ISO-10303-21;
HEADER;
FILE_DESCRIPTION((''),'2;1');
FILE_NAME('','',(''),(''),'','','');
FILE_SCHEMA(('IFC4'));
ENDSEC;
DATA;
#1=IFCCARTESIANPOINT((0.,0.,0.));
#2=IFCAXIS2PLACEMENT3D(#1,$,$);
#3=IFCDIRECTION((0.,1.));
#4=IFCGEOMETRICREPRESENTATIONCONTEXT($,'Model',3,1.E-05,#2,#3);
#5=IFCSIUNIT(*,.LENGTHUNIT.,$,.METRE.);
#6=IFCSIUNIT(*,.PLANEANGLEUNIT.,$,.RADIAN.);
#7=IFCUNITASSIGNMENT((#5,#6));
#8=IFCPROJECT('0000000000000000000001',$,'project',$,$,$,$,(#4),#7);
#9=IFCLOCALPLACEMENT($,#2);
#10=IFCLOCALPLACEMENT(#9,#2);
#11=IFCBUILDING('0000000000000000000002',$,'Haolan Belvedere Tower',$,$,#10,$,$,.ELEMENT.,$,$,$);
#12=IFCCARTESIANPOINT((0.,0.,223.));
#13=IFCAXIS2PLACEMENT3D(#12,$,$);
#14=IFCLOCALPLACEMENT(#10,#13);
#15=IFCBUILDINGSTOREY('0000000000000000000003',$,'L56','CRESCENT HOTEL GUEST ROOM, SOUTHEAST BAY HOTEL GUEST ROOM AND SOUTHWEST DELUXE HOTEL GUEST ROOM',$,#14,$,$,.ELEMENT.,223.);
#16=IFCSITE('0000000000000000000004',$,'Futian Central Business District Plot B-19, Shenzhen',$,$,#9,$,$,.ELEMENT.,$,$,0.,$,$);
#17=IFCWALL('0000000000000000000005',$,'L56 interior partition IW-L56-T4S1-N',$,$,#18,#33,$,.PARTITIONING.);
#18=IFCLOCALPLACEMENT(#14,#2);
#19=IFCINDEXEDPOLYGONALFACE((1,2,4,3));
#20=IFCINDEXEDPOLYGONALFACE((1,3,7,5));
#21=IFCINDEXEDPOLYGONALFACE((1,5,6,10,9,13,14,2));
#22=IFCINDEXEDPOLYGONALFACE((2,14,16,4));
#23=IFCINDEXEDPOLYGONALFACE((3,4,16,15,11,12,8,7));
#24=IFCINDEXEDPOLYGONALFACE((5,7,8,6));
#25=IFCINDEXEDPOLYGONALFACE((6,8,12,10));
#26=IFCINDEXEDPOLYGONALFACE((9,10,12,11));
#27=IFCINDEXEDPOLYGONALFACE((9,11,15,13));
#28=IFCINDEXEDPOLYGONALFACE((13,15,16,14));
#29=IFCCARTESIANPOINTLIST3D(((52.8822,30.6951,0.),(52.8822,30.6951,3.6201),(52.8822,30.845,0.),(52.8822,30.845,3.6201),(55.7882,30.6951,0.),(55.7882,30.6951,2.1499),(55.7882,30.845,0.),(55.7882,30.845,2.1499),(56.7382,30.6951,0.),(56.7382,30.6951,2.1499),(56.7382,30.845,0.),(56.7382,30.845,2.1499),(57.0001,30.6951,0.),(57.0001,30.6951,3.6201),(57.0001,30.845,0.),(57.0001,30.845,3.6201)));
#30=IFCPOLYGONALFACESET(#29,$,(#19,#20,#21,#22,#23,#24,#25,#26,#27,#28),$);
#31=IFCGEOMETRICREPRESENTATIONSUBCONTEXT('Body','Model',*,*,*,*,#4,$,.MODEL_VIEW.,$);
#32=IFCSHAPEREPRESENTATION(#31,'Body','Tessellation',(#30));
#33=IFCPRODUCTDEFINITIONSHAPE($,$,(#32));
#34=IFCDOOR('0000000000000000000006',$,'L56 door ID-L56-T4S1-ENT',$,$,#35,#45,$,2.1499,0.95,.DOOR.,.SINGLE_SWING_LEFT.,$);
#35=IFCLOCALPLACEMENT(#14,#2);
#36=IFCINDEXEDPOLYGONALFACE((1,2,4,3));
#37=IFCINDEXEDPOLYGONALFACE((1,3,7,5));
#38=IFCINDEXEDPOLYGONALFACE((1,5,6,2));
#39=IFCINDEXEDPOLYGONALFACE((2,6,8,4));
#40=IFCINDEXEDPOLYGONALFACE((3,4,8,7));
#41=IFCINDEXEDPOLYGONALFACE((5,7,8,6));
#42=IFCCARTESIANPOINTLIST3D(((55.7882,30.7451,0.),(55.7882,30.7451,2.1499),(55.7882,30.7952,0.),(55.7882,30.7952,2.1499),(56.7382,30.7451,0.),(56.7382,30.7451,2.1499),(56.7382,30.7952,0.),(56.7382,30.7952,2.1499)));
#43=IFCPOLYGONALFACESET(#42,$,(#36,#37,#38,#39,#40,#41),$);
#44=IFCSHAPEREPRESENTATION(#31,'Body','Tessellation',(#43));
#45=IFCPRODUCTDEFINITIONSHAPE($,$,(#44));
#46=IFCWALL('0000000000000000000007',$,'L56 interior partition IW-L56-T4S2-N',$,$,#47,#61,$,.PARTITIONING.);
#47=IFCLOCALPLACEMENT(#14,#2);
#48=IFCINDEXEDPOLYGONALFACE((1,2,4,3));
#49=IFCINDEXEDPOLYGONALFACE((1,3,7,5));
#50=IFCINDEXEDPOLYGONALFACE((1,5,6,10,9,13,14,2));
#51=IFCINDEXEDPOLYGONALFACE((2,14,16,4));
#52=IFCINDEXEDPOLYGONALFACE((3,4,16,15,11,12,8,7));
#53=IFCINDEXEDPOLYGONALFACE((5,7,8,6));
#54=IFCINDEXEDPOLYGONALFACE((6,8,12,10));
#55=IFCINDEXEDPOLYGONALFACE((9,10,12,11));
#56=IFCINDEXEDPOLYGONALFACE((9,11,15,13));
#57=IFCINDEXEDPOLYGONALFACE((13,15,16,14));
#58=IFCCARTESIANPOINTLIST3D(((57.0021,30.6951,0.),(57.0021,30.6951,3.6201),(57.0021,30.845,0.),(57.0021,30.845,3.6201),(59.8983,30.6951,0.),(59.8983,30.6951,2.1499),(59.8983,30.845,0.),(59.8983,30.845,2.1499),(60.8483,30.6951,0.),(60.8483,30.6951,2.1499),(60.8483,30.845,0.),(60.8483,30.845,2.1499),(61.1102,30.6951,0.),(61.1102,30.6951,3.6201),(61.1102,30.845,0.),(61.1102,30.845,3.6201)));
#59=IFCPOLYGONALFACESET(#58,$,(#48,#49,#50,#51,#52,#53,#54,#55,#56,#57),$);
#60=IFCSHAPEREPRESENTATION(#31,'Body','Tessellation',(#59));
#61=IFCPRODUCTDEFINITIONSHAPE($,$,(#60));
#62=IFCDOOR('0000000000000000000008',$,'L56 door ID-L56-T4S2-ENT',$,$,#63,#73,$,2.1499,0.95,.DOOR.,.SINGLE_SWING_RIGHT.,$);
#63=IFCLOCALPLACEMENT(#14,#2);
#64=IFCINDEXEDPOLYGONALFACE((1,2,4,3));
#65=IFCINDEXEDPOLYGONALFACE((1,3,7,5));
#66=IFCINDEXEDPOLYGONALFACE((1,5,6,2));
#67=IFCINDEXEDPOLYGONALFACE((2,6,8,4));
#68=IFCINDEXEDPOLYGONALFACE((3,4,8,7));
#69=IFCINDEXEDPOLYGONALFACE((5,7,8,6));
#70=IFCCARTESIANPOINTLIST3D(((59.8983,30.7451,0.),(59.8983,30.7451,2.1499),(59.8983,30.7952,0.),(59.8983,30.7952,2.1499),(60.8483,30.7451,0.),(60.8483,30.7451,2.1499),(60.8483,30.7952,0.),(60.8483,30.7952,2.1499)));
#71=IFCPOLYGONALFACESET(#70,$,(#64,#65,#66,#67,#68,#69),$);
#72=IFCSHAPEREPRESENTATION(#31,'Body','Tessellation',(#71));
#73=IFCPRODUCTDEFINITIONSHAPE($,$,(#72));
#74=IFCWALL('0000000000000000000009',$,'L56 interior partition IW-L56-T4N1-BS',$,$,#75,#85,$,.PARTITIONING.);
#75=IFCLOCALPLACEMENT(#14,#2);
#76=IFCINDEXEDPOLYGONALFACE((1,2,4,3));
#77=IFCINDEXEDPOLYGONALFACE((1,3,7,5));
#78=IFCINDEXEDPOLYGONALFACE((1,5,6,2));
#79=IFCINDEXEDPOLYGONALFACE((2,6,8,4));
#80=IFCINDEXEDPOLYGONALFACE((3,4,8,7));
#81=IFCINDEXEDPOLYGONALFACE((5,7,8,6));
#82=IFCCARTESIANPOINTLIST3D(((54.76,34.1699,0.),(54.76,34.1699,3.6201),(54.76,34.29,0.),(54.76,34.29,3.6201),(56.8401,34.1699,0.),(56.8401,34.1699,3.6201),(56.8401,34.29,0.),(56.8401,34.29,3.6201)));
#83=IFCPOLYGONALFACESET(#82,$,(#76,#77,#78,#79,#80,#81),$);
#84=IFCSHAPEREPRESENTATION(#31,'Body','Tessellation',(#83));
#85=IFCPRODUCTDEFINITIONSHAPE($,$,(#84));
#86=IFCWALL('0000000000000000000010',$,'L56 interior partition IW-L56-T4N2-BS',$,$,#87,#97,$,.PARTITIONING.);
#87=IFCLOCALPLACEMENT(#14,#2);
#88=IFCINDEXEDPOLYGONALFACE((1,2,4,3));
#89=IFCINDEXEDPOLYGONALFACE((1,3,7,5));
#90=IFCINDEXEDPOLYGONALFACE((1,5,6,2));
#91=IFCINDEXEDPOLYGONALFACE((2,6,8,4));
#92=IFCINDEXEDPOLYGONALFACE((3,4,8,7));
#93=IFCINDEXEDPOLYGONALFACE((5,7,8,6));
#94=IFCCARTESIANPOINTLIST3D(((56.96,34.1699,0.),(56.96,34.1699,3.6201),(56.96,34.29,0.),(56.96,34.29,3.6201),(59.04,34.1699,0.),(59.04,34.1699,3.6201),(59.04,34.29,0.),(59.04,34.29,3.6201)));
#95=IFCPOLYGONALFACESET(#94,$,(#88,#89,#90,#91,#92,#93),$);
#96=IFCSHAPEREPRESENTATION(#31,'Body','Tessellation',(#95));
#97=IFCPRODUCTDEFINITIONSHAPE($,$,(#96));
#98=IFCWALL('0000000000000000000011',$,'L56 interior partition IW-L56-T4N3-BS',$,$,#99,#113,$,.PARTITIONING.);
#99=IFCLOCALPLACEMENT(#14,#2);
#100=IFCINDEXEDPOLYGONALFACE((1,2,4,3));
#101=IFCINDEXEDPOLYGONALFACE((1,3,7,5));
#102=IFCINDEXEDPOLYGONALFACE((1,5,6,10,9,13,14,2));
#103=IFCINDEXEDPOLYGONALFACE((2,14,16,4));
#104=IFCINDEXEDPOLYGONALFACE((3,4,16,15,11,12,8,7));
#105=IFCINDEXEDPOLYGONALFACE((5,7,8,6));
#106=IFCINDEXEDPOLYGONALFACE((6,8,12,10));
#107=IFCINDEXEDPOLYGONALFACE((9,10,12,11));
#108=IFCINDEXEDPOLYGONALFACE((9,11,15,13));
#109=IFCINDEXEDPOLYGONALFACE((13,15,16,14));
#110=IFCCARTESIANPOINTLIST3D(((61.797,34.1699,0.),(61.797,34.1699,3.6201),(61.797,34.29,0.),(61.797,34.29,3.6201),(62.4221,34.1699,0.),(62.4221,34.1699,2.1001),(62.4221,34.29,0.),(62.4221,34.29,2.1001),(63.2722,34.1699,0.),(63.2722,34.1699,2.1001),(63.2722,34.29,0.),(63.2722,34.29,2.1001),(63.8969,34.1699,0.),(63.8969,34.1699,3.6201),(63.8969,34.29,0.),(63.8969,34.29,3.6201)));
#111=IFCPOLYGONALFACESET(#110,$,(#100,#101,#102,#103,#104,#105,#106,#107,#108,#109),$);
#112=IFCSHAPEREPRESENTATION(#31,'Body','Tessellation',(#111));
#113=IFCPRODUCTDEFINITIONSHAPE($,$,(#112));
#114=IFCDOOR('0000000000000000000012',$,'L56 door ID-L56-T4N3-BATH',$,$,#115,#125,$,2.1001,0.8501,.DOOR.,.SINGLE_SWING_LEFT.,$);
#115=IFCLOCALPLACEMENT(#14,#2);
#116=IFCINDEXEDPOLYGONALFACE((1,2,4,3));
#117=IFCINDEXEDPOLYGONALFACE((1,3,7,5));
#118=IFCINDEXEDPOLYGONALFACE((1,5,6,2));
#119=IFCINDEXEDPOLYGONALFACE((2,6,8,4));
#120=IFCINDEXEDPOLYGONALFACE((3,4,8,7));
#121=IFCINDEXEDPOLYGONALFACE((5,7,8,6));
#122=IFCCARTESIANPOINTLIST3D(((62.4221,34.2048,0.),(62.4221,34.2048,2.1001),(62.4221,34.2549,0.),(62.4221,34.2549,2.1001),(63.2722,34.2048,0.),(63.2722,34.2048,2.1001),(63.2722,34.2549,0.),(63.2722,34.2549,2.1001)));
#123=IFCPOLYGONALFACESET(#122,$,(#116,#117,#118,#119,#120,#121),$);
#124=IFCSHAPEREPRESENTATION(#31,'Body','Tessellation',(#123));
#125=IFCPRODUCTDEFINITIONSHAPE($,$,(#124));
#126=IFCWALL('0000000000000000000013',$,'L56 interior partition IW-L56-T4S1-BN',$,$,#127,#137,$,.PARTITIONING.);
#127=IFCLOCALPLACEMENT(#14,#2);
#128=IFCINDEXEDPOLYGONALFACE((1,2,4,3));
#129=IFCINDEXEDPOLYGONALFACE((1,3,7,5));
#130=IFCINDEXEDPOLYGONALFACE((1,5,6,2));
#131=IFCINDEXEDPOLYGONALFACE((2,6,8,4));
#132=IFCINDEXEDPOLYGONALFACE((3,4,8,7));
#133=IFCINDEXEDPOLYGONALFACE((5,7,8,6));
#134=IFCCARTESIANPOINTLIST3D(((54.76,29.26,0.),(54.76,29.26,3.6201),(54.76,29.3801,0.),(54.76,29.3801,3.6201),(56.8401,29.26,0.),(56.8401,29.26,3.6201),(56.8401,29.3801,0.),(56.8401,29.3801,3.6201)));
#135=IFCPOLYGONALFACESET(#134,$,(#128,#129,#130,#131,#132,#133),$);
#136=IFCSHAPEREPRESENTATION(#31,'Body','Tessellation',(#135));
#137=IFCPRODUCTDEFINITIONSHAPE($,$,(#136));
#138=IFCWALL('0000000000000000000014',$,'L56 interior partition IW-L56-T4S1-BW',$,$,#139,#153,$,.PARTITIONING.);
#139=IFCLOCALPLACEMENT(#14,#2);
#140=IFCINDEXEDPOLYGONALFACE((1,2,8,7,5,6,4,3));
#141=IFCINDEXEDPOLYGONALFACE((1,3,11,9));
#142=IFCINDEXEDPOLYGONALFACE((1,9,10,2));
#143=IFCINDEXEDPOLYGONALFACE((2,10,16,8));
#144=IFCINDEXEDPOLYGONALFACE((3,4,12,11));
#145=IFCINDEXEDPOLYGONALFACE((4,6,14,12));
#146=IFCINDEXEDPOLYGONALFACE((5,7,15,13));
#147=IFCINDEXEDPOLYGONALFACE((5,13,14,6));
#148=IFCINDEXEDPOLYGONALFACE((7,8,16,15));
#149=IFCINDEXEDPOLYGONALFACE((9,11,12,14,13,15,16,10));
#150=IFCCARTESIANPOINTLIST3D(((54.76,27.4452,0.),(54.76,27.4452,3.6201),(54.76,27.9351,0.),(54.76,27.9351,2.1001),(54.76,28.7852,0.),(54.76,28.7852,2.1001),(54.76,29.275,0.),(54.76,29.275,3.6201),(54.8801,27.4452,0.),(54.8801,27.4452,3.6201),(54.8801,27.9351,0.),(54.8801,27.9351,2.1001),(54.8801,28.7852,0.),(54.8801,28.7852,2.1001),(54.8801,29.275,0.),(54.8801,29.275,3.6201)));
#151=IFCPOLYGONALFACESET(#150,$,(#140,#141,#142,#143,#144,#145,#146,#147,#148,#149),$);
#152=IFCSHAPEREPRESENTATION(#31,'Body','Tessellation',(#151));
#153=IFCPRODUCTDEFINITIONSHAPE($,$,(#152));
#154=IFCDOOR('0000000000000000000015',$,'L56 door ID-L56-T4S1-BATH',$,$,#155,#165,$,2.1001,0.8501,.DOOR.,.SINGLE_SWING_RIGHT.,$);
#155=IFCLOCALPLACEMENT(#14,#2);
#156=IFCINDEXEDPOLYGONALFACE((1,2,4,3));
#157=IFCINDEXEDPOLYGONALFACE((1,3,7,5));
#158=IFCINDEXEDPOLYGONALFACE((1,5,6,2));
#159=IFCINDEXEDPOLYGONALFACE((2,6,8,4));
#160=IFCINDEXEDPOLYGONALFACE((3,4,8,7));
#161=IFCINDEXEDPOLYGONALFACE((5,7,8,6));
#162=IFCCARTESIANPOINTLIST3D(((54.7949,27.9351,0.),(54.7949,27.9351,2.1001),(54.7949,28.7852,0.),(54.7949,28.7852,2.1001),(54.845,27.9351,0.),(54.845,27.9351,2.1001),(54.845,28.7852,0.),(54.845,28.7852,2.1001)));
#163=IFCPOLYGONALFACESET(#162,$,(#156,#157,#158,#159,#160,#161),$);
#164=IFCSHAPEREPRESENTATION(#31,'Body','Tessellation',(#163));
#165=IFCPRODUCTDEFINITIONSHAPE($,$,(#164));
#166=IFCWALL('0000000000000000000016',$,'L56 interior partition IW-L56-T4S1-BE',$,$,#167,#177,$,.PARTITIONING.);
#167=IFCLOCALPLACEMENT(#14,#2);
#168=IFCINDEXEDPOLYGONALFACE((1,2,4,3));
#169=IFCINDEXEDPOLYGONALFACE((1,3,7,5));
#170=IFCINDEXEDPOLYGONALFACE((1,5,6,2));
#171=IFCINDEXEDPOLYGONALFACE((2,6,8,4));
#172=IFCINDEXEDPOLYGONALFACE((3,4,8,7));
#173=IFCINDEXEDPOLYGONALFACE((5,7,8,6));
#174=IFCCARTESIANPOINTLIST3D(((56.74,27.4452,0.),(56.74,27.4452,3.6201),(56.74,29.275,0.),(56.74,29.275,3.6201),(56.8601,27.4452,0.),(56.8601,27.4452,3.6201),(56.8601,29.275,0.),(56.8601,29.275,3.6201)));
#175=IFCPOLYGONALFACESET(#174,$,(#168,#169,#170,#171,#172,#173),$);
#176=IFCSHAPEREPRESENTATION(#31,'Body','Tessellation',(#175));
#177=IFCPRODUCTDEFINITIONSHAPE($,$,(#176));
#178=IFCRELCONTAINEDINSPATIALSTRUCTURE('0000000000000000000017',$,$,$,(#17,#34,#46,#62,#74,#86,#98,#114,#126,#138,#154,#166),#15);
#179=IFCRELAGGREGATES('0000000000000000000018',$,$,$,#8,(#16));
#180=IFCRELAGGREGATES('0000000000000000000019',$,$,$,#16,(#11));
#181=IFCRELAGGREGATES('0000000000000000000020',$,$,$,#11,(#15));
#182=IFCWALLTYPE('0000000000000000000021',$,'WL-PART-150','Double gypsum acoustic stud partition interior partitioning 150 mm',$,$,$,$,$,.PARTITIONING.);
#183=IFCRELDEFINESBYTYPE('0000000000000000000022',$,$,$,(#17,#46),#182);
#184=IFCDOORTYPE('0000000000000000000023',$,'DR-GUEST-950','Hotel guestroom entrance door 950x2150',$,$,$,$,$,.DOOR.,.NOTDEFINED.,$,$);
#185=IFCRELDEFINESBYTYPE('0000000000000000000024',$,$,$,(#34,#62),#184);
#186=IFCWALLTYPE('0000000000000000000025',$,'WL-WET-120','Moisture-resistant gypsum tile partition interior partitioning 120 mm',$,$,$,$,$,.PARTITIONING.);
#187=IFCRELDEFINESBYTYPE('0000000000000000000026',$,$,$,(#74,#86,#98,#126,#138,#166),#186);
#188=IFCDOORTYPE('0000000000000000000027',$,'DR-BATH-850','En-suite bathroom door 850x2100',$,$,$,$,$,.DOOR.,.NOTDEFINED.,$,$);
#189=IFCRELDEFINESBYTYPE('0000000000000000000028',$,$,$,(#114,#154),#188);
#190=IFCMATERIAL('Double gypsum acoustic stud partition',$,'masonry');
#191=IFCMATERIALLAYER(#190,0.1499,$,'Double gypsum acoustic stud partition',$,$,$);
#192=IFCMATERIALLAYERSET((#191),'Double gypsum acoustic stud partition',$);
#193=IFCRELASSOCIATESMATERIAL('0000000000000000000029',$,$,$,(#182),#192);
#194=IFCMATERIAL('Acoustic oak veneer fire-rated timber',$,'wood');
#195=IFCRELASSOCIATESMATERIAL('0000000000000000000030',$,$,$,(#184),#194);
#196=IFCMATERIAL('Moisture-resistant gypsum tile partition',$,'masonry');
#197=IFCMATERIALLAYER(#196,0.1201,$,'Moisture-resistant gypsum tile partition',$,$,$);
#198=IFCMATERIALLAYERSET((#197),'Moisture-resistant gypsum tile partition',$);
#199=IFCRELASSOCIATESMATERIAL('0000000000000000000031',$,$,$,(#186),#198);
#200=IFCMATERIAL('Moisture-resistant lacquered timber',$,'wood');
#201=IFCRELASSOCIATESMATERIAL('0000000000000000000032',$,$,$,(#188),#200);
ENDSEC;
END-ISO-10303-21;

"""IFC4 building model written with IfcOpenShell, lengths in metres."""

from ifc_helpers import new_model, si_unit, direction, frame, frame_2d, origin, place, context, subcontext, project, spatial, rectangle, extrude, material, layer, layer_set, type_object, element, fill, save


model = new_model("IFC4")

# Units and contexts
model_context = context("Model", 3, precision=1e-05, world=origin(), true_north=direction((0.0, 1.0)))
body_context = subcontext(model_context, "Body", "Model", "MODEL_VIEW")
ifc_project = project(units=[si_unit("LENGTHUNIT", "METRE"), si_unit("PLANEANGLEUNIT", "RADIAN")], contexts=[model_context])

# Site, building, storey
site_placement = place(None, origin())
site = spatial("IfcSite", under=ifc_project, at=site_placement, Name="Futian Central Business District Plot B-19, Shenzhen", CompositionType="ELEMENT", RefElevation=0.0)
building_placement = place(site_placement, origin())
building = spatial("IfcBuilding", under=site, at=building_placement, Name="Haolan Belvedere Tower", CompositionType="ELEMENT")
storey_placement = place(building_placement, frame((0.0, 0.0, 223.0)))
storey = spatial("IfcBuildingStorey", under=building, at=storey_placement, Name="L56", Description="CRESCENT HOTEL GUEST ROOM, SOUTHEAST BAY HOTEL GUEST ROOM AND SOUTHWEST DELUXE HOTEL GUEST ROOM", CompositionType="ELEMENT", Elevation=223.0)

# Shared definitions
ifc_material_1 = material(Name="Double gypsum acoustic stud partition", Category="masonry")
ifc_layer_1 = layer(ifc_material_1, 0.1499, Name="Double gypsum acoustic stud partition")
ifc_layer_set_1 = layer_set([ifc_layer_1], Name="Double gypsum acoustic stud partition")
wall_type_1 = type_object("IfcWallType", Name="WL-PART-150", Description="Double gypsum acoustic stud partition interior partitioning 150 mm", PredefinedType="PARTITIONING", material=ifc_layer_set_1)

# Shared definitions
ifc_material_2 = material(Name="Acoustic oak veneer fire-rated timber", Category="wood")
door_type_1 = type_object("IfcDoorType", Name="DR-GUEST-950", Description="Hotel guestroom entrance door 950x2150", OperationType="NOTDEFINED", PredefinedType="DOOR", material=ifc_material_2)

# Walls, openings, doors
wall_1_placement = place(storey_placement, frame((52.8821, 30.77, 0.0), z_axis=(0.0, 0.0, 1.0), x_axis=(1.0, 0.0, 0.0)))
wall_1 = element("IfcWall", 1, at=wall_1_placement, inside=storey, type_object=wall_type_1, Name="L56 interior partition IW-L56-T4S1-N", PredefinedType="PARTITIONING", context=body_context, shape_type="SweptSolid", body=[
    extrude(rectangle(XDim=4.1179, YDim=0.1499, at=frame_2d((2.0591, 0.0))), origin(), (0.0, 0.0, 1.0), 3.6201),
])
opening_1_placement = place(wall_1_placement, frame((3.8562, 0.0, 0.0), z_axis=(0.0, 0.0, 1.0), x_axis=(-1.0, 0.0, 0.0)))
opening_1 = element("IfcOpeningElement", 2, at=opening_1_placement, cuts=wall_1, PredefinedType="OPENING", context=body_context, shape_type="SweptSolid", body=[
    extrude(rectangle(XDim=0.95, YDim=2.1499, at=frame_2d((0.4751, 1.075))), frame((0.0, 0.085, 0.0), z_axis=(0.0, -1.0, 0.0), x_axis=(1.0, 0.0, 0.0)), (0.0, 0.0, 1.0), 0.1699),
])
door_1_placement = place(opening_1_placement, origin())
door_1 = element("IfcDoor", 3, at=door_1_placement, inside=storey, type_object=door_type_1, Name="L56 door ID-L56-T4S1-ENT", OperationType="SINGLE_SWING_LEFT", OverallHeight=2.1499, OverallWidth=0.95, PredefinedType="DOOR", context=body_context, shape_type="SweptSolid", body=[
    extrude(rectangle(XDim=0.95, YDim=2.1499, at=frame_2d((0.4751, 1.075))), frame((0.0, 0.0249, 0.0), z_axis=(0.0, -1.0, 0.0), x_axis=(1.0, 0.0, 0.0)), (0.0, 0.0, 1.0), 0.05),
])
fill(opening_1, door_1)
wall_2_placement = place(storey_placement, frame((57.002, 30.77, 0.0), z_axis=(0.0, 0.0, 1.0), x_axis=(1.0, 0.0, 0.0)))
wall_2 = element("IfcWall", 4, at=wall_2_placement, inside=storey, type_object=wall_type_1, Name="L56 interior partition IW-L56-T4S2-N", PredefinedType="PARTITIONING", context=body_context, shape_type="SweptSolid", body=[
    extrude(rectangle(XDim=4.1082, YDim=0.1499, at=frame_2d((2.0542, 0.0))), origin(), (0.0, 0.0, 1.0), 3.6201),
])
opening_2_placement = place(wall_2_placement, frame((3.8464, 0.0, 0.0), z_axis=(0.0, 0.0, 1.0), x_axis=(-1.0, 0.0, 0.0)))
opening_2 = element("IfcOpeningElement", 5, at=opening_2_placement, cuts=wall_2, PredefinedType="OPENING", context=body_context, shape_type="SweptSolid", body=[
    extrude(rectangle(XDim=0.95, YDim=2.1499, at=frame_2d((0.4751, 1.075))), frame((0.0, 0.085, 0.0), z_axis=(0.0, -1.0, 0.0), x_axis=(1.0, 0.0, 0.0)), (0.0, 0.0, 1.0), 0.1699),
])
door_2_placement = place(opening_2_placement, origin())
door_2 = element("IfcDoor", 6, at=door_2_placement, inside=storey, type_object=door_type_1, Name="L56 door ID-L56-T4S2-ENT", OperationType="SINGLE_SWING_RIGHT", OverallHeight=2.1499, OverallWidth=0.95, PredefinedType="DOOR", context=body_context, shape_type="SweptSolid", body=[
    extrude(rectangle(XDim=0.95, YDim=2.1499, at=frame_2d((0.4751, 1.075))), frame((0.0, 0.0249, 0.0), z_axis=(0.0, -1.0, 0.0), x_axis=(1.0, 0.0, 0.0)), (0.0, 0.0, 1.0), 0.05),
])
fill(opening_2, door_2)

# Walls
ifc_material_3 = material(Name="Moisture-resistant gypsum tile partition", Category="masonry")
ifc_layer_2 = layer(ifc_material_3, 0.1201, Name="Moisture-resistant gypsum tile partition")
ifc_layer_set_2 = layer_set([ifc_layer_2], Name="Moisture-resistant gypsum tile partition")
wall_type_2 = type_object("IfcWallType", Name="WL-WET-120", Description="Moisture-resistant gypsum tile partition interior partitioning 120 mm", PredefinedType="PARTITIONING", material=ifc_layer_set_2)
for number, where, z_axis, x_axis, name in (
    (7, (54.76, 34.23, 0.0), (0.0, 0.0, 1.0), (1.0, 0.0, 0.0), "L56 interior partition IW-L56-T4N1-BS"),
    (8, (56.96, 34.23, 0.0), (0.0, 0.0, 1.0), (1.0, 0.0, 0.0), "L56 interior partition IW-L56-T4N2-BS"),
):
    element("IfcWall", number, at=place(storey_placement, frame(where, z_axis=z_axis, x_axis=x_axis)), inside=storey, type_object=wall_type_2, Name=name, PredefinedType="PARTITIONING", context=body_context, shape_type="SweptSolid", body=[
        extrude(rectangle(XDim=2.0801, YDim=0.1201, at=frame_2d((1.04, 0.0))), origin(), (0.0, 0.0, 1.0), 3.6201),
    ])

# Wall, opening, door
wall_3_placement = place(storey_placement, frame((61.7971, 34.23, 0.0), z_axis=(0.0, 0.0, 1.0), x_axis=(1.0, 0.0, 0.0)))
wall_3 = element("IfcWall", 9, at=wall_3_placement, inside=storey, type_object=wall_type_2, Name="L56 interior partition IW-L56-T4N3-BS", PredefinedType="PARTITIONING", context=body_context, shape_type="SweptSolid", body=[
    extrude(rectangle(XDim=2.0999, YDim=0.1201, at=frame_2d((1.0498, 0.0))), origin(), (0.0, 0.0, 1.0), 3.6201),
])
opening_3_placement = place(wall_3_placement, frame((0.625, 0.0, 0.0)))
opening_3 = element("IfcOpeningElement", 10, at=opening_3_placement, cuts=wall_3, PredefinedType="OPENING", context=body_context, shape_type="SweptSolid", body=[
    extrude(rectangle(XDim=0.8501, YDim=2.1001, at=frame_2d((0.425, 1.05))), frame((0.0, 0.0701, 0.0), z_axis=(0.0, -1.0, 0.0), x_axis=(1.0, 0.0, 0.0)), (0.0, 0.0, 1.0), 0.1401),
])
ifc_material_4 = material(Name="Moisture-resistant lacquered timber", Category="wood")
door_type_2 = type_object("IfcDoorType", Name="DR-BATH-850", Description="En-suite bathroom door 850x2100", OperationType="NOTDEFINED", PredefinedType="DOOR", material=ifc_material_4)
door_3_placement = place(opening_3_placement, origin())
door_3 = element("IfcDoor", 11, at=door_3_placement, inside=storey, type_object=door_type_2, Name="L56 door ID-L56-T4N3-BATH", OperationType="SINGLE_SWING_LEFT", OverallHeight=2.1001, OverallWidth=0.8501, PredefinedType="DOOR", context=body_context, shape_type="SweptSolid", body=[
    extrude(rectangle(XDim=0.8501, YDim=2.1001, at=frame_2d((0.425, 1.05))), frame((0.0, 0.0249, 0.0), z_axis=(0.0, -1.0, 0.0), x_axis=(1.0, 0.0, 0.0)), (0.0, 0.0, 1.0), 0.05),
])
fill(opening_3, door_3)

# Wall
wall_4_placement = place(storey_placement, frame((54.76, 29.3201, 0.0), z_axis=(0.0, 0.0, 1.0), x_axis=(1.0, 0.0, 0.0)))
element("IfcWall", 12, at=wall_4_placement, inside=storey, type_object=wall_type_2, Name="L56 interior partition IW-L56-T4S1-BN", PredefinedType="PARTITIONING", context=body_context, shape_type="SweptSolid", body=[
    extrude(rectangle(XDim=2.0801, YDim=0.1201, at=frame_2d((1.04, 0.0))), origin(), (0.0, 0.0, 1.0), 3.6201),
])

# Wall, opening, door
wall_5_placement = place(storey_placement, frame((54.8201, 27.4451, 0.0), z_axis=(0.0, 0.0, 1.0), x_axis=(0.0, 1.0, 0.0)))
wall_5 = element("IfcWall", 13, at=wall_5_placement, inside=storey, type_object=wall_type_2, Name="L56 interior partition IW-L56-T4S1-BW", PredefinedType="PARTITIONING", context=body_context, shape_type="SweptSolid", body=[
    extrude(rectangle(XDim=1.8298, YDim=0.1201, at=frame_2d((0.915, 0.0))), origin(), (0.0, 0.0, 1.0), 3.6201),
])
opening_4_placement = place(wall_5_placement, frame((1.3401, 0.0, 0.0), z_axis=(0.0, 0.0, 1.0), x_axis=(-1.0, 0.0, 0.0)))
opening_4 = element("IfcOpeningElement", 14, at=opening_4_placement, cuts=wall_5, PredefinedType="OPENING", context=body_context, shape_type="SweptSolid", body=[
    extrude(rectangle(XDim=0.8501, YDim=2.1001, at=frame_2d((0.425, 1.05))), frame((0.0, 0.0701, 0.0), z_axis=(0.0, -1.0, 0.0), x_axis=(1.0, 0.0, 0.0)), (0.0, 0.0, 1.0), 0.1401),
])
door_4_placement = place(opening_4_placement, origin())
door_4 = element("IfcDoor", 15, at=door_4_placement, inside=storey, type_object=door_type_2, Name="L56 door ID-L56-T4S1-BATH", OperationType="SINGLE_SWING_RIGHT", OverallHeight=2.1001, OverallWidth=0.8501, PredefinedType="DOOR", context=body_context, shape_type="SweptSolid", body=[
    extrude(rectangle(XDim=0.8501, YDim=2.1001, at=frame_2d((0.425, 1.05))), frame((0.0, 0.0249, 0.0), z_axis=(0.0, -1.0, 0.0), x_axis=(1.0, 0.0, 0.0)), (0.0, 0.0, 1.0), 0.05),
])
fill(opening_4, door_4)

# Wall
wall_6_placement = place(storey_placement, frame((56.8, 27.4451, 0.0), z_axis=(0.0, 0.0, 1.0), x_axis=(0.0, 1.0, 0.0)))
element("IfcWall", 16, at=wall_6_placement, inside=storey, type_object=wall_type_2, Name="L56 interior partition IW-L56-T4S1-BE", PredefinedType="PARTITIONING", context=body_context, shape_type="SweptSolid", body=[
    extrude(rectangle(XDim=1.8298, YDim=0.1201, at=frame_2d((0.915, 0.0))), origin(), (0.0, 0.0, 1.0), 3.6201),
])

save(model, "model.ifc")
